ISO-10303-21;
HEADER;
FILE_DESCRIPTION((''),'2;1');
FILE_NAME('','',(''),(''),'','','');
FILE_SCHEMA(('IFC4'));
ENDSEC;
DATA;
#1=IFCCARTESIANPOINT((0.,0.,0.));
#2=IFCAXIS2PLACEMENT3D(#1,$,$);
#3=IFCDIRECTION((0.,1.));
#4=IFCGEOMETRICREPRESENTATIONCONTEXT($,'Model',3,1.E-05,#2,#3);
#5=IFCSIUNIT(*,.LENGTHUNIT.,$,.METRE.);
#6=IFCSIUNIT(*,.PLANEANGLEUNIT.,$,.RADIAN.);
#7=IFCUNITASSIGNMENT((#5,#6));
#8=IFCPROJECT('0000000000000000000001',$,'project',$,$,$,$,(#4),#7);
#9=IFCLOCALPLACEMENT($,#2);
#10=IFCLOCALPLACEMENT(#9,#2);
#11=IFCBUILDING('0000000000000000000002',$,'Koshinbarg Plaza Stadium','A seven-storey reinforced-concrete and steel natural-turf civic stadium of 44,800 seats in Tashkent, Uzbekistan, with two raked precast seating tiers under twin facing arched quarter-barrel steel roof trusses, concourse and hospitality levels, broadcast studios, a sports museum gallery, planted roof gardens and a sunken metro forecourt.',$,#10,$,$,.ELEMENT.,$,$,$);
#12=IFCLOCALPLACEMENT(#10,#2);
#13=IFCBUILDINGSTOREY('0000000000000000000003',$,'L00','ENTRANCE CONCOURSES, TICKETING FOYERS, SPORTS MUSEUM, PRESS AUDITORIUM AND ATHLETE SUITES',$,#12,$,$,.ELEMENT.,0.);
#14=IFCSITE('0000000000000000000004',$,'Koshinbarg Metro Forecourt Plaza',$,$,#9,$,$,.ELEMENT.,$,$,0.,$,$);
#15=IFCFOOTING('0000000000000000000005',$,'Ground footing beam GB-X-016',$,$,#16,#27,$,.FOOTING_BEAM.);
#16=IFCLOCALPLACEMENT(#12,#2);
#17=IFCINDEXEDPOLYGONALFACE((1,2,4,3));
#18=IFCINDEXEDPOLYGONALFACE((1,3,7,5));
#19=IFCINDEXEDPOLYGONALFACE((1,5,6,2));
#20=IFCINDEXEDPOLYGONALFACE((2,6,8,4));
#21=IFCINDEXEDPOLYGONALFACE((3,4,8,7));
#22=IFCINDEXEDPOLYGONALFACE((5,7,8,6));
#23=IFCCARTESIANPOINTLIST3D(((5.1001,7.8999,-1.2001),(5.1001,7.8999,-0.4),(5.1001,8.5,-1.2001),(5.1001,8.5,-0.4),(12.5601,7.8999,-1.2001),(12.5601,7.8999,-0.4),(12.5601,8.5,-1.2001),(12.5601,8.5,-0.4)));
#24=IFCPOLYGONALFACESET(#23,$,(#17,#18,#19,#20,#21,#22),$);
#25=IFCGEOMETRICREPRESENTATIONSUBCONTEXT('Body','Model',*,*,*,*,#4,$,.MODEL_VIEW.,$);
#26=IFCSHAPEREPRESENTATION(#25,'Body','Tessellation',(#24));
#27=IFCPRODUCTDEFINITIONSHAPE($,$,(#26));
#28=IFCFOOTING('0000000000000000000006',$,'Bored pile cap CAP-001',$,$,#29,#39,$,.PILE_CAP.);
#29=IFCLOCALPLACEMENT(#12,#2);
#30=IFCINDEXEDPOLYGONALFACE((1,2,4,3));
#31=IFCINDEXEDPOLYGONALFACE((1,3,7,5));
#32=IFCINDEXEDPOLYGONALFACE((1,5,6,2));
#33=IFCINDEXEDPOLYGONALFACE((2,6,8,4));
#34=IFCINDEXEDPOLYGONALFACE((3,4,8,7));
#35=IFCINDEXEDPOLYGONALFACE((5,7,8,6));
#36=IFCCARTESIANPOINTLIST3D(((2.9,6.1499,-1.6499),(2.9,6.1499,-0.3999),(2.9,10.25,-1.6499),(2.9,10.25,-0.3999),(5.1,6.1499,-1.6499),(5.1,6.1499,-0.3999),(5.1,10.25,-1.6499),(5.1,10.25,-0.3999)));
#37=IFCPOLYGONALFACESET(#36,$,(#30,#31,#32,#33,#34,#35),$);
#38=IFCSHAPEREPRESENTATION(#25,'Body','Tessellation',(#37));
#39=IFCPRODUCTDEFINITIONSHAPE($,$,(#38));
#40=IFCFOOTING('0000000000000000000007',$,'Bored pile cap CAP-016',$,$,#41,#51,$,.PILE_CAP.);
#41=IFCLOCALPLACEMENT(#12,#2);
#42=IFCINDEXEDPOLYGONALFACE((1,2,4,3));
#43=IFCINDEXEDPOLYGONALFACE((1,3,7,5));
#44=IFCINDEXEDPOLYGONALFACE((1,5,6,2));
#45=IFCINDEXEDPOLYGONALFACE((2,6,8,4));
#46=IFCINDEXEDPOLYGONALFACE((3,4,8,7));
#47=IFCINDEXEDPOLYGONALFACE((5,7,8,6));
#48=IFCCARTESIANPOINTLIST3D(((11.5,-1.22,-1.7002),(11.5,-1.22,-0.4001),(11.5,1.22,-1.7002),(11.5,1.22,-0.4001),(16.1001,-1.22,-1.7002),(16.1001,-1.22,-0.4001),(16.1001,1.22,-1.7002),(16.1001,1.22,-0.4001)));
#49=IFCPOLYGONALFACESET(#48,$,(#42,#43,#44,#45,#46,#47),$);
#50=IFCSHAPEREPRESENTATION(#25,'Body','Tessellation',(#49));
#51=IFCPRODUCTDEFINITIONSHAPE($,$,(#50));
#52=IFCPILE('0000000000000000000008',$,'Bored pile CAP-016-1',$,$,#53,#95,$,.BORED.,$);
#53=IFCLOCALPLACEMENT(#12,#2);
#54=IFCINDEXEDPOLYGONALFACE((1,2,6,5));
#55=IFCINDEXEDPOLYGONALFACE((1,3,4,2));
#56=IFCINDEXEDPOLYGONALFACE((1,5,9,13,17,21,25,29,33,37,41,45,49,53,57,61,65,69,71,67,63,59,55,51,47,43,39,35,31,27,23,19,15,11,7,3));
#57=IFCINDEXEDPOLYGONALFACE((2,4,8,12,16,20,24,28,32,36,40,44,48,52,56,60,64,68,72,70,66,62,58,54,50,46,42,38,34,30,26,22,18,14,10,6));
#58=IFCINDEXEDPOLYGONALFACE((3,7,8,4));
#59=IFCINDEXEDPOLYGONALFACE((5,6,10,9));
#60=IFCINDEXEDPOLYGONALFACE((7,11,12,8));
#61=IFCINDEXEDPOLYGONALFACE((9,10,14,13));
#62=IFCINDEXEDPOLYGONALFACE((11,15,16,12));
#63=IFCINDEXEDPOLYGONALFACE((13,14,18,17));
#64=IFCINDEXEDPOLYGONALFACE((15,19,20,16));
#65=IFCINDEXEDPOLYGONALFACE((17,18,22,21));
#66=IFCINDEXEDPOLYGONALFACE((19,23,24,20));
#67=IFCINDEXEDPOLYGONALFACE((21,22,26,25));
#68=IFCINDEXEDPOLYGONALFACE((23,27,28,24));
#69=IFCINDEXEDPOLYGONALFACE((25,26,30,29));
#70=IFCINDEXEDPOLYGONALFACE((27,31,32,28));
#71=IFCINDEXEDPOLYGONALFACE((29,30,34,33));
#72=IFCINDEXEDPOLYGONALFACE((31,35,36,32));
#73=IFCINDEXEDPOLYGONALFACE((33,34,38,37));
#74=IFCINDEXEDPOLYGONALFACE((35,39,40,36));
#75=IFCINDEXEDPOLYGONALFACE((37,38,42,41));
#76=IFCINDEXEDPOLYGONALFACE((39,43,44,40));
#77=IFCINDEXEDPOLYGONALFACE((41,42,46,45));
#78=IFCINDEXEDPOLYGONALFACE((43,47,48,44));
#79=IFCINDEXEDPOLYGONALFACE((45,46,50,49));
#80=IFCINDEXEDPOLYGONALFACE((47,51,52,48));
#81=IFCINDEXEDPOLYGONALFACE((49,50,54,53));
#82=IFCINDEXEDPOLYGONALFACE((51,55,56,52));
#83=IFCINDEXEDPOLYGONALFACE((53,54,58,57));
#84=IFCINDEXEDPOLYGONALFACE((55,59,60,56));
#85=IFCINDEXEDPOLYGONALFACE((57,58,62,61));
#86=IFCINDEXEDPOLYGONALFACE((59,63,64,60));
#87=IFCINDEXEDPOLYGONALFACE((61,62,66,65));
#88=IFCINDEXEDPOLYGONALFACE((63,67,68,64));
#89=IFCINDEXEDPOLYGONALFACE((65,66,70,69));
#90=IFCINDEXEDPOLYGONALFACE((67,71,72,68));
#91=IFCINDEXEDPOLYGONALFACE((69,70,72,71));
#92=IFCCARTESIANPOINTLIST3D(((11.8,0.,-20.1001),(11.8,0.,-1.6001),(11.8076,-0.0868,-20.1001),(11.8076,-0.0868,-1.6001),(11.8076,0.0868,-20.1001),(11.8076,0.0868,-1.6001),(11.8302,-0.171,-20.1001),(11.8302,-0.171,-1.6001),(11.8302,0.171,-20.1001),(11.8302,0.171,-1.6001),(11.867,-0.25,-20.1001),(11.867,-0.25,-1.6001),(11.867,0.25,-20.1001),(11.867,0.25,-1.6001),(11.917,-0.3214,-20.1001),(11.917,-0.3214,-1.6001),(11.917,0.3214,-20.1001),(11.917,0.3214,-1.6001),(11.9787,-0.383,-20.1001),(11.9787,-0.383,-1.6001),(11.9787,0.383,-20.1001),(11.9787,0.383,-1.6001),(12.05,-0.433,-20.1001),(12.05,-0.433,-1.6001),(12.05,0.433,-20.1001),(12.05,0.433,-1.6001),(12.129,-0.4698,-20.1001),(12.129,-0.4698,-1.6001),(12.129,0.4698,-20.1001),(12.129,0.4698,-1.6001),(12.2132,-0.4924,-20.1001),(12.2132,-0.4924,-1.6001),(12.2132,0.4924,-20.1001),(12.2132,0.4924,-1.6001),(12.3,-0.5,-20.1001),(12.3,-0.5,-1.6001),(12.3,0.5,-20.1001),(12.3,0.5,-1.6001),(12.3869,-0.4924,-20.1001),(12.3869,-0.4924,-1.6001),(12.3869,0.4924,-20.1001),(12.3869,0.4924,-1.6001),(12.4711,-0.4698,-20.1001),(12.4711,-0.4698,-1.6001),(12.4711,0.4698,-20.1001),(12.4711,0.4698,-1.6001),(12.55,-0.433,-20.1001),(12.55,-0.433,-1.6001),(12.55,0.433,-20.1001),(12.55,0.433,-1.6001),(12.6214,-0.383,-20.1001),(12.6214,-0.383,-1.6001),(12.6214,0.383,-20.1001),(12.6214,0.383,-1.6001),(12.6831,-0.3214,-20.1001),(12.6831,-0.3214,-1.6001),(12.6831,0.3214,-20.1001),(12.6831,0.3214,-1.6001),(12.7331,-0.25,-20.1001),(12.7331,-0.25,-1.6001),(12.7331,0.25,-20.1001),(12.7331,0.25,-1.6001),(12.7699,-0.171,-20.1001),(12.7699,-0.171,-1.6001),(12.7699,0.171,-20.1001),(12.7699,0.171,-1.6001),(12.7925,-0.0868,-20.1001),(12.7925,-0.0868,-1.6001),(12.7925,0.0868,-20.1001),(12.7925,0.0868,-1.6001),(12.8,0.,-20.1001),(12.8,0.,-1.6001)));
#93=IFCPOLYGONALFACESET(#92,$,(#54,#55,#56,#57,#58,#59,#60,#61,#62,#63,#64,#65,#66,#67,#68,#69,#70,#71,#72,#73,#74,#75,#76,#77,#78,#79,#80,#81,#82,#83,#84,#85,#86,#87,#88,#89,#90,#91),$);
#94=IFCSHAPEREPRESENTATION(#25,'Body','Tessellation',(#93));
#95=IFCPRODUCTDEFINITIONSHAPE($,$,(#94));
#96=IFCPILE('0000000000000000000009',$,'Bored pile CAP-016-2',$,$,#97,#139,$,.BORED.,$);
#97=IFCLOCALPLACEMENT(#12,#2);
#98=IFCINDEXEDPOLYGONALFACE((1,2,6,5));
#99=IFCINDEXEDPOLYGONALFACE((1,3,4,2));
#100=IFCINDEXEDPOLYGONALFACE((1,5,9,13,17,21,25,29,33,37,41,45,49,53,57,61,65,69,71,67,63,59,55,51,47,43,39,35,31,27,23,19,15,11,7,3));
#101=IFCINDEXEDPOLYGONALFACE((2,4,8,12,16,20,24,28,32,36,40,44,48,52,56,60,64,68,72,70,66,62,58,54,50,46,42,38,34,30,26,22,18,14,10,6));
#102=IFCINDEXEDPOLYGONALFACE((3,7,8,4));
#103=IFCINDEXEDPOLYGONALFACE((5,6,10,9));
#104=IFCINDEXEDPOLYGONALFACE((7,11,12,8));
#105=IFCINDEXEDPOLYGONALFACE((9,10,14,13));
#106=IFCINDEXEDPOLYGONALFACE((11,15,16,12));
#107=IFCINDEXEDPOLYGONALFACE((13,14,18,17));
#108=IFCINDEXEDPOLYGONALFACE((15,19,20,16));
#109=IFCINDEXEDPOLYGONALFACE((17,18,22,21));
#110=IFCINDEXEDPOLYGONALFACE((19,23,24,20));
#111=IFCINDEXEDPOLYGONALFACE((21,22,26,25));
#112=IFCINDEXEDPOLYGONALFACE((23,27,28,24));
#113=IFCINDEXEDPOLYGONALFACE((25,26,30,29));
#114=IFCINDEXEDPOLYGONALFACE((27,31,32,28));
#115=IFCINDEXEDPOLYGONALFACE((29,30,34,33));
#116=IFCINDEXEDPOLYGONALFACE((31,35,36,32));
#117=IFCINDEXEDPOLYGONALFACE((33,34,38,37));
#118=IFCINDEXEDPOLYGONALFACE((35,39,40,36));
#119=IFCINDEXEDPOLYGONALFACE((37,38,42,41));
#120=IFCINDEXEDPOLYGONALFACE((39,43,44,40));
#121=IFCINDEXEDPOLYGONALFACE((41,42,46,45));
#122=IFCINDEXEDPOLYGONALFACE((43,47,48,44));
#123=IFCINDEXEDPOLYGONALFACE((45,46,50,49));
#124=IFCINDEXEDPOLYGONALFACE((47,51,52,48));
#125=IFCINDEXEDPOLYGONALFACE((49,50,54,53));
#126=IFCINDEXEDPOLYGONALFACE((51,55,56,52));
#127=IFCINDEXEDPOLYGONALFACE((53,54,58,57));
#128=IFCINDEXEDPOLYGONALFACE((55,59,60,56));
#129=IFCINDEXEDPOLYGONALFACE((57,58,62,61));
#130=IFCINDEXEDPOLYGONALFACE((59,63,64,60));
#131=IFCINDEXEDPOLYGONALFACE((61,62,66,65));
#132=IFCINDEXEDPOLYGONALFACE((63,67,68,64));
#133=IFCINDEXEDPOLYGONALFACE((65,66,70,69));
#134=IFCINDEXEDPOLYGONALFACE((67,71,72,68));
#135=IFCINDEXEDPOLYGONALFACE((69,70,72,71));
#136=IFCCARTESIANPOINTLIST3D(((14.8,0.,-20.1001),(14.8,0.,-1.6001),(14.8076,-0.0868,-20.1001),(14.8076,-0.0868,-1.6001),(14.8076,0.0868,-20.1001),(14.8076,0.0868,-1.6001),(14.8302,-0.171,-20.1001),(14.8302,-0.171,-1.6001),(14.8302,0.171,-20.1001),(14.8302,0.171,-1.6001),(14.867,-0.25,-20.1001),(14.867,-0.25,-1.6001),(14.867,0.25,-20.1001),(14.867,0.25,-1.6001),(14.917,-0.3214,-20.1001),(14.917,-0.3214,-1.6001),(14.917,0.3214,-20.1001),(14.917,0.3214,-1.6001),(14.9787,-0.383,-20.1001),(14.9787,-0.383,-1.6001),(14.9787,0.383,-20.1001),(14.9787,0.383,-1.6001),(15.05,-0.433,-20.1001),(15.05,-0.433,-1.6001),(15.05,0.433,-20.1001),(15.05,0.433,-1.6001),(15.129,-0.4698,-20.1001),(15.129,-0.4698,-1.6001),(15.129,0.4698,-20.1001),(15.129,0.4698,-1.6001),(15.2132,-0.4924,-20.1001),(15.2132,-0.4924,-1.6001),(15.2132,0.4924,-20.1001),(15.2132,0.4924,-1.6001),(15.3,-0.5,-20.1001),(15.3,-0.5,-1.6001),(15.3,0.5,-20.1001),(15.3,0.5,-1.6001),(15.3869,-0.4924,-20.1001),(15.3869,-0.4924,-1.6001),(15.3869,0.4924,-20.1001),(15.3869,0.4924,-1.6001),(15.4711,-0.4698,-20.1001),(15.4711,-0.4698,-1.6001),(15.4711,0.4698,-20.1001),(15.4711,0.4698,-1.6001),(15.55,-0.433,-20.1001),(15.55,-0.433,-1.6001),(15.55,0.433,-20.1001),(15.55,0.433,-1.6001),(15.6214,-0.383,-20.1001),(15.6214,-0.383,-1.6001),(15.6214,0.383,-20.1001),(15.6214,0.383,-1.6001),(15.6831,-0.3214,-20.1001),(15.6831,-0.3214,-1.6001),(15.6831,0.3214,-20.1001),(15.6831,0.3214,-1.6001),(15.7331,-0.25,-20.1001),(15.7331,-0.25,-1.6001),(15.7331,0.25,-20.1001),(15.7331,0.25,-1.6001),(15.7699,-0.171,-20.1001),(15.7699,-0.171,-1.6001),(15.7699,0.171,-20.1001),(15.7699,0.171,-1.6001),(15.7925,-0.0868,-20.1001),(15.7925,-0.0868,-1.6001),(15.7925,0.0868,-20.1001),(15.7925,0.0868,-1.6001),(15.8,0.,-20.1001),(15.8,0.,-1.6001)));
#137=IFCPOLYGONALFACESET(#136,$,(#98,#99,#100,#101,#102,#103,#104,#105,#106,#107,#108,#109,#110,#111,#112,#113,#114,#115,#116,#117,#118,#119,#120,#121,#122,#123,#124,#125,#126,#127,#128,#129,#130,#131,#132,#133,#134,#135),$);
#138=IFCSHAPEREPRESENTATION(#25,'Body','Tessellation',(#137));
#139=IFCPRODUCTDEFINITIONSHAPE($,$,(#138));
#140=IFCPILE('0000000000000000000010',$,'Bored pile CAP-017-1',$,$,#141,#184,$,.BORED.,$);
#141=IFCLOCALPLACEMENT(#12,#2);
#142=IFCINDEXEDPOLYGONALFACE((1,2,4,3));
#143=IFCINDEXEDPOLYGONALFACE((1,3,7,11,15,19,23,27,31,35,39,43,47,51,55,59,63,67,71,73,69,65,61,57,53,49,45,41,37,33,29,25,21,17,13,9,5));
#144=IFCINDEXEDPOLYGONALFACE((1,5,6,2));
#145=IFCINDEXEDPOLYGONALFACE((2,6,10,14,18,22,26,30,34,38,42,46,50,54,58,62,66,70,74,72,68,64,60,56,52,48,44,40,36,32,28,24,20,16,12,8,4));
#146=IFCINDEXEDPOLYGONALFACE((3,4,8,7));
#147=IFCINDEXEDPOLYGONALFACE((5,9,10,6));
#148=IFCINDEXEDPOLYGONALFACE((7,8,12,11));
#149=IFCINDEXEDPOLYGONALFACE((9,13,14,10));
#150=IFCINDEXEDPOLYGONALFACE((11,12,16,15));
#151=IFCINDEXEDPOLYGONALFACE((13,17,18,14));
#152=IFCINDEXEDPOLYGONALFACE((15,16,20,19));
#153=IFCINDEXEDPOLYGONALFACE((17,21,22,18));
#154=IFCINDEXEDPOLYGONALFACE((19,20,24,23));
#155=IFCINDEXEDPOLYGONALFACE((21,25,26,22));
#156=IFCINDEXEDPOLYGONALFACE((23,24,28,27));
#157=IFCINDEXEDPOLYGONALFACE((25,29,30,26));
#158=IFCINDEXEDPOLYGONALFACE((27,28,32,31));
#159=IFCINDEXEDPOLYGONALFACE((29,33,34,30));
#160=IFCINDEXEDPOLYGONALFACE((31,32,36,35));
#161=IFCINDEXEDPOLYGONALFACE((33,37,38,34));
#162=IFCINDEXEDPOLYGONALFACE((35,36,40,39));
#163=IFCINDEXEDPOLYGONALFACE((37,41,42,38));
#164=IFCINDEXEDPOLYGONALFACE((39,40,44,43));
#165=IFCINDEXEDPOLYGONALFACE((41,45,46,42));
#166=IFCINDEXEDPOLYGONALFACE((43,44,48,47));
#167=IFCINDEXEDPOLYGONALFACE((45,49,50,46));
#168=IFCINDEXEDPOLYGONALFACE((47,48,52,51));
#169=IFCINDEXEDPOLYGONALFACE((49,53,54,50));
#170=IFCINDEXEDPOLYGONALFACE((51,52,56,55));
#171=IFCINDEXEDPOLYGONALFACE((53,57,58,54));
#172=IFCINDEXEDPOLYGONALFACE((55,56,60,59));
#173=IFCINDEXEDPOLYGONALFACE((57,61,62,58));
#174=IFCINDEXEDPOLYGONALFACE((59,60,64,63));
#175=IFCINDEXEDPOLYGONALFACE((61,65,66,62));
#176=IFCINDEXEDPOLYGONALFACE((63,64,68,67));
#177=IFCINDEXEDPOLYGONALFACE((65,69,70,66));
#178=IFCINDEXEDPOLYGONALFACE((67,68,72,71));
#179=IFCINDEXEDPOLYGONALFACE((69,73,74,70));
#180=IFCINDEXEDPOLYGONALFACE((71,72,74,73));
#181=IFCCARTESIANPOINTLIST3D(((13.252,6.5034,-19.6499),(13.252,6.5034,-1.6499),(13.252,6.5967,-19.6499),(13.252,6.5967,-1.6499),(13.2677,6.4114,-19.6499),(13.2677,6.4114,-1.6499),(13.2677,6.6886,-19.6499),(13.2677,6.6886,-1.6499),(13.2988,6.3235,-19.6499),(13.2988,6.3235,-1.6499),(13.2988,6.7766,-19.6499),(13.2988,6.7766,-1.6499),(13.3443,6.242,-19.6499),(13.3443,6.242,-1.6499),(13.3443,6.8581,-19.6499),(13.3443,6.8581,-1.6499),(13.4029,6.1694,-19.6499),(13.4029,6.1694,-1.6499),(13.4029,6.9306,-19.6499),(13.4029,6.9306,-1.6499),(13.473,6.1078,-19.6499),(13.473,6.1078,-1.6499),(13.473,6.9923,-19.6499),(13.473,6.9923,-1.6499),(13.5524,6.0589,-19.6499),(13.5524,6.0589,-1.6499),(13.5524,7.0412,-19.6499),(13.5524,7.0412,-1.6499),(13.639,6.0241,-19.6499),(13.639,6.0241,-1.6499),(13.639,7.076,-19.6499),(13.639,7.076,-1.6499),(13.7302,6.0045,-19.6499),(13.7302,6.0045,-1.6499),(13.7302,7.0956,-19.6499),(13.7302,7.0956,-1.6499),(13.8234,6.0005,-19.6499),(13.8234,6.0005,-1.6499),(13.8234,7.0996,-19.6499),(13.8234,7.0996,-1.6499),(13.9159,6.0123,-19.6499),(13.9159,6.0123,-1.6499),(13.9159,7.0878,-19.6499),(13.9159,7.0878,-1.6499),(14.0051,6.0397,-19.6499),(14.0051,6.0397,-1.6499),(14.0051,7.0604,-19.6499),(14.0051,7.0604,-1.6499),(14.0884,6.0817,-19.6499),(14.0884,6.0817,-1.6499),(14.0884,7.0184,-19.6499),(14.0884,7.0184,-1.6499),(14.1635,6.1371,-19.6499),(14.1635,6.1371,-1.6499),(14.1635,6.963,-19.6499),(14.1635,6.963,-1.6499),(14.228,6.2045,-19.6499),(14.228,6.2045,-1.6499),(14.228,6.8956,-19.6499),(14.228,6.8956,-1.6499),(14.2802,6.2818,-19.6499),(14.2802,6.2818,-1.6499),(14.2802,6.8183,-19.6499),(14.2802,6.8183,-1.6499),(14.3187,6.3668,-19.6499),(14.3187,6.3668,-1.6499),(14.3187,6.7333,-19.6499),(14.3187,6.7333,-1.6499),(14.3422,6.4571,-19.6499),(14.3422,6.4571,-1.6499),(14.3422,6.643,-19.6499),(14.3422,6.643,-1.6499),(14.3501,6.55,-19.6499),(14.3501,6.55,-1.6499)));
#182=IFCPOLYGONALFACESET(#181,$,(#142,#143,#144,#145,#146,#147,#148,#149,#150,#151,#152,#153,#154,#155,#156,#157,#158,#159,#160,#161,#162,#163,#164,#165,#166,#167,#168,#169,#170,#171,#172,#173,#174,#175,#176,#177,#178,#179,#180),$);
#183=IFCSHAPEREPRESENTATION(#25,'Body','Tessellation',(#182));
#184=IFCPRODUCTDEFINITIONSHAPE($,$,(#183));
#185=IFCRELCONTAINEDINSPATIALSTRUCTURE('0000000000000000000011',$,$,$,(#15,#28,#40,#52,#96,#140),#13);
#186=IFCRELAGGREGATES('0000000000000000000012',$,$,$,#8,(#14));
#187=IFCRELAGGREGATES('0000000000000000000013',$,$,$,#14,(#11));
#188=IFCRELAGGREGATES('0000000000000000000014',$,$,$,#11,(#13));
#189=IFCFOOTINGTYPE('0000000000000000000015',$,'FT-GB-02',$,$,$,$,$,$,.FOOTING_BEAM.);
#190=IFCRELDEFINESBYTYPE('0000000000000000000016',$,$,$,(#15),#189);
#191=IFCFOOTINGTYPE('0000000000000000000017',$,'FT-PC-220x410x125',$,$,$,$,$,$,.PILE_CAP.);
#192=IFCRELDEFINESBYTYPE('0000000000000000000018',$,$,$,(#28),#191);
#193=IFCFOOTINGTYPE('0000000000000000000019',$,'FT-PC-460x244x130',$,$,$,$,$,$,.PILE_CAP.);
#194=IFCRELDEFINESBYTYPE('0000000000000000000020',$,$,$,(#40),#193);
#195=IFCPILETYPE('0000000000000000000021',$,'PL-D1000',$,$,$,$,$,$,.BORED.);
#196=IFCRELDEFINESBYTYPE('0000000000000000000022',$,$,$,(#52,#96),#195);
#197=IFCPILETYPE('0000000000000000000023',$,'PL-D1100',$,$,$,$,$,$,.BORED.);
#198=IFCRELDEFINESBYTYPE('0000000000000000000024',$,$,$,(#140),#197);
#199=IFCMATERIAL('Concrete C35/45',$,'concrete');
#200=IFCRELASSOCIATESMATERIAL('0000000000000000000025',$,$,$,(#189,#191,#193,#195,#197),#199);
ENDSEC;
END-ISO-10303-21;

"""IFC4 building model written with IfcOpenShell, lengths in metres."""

from ifc_helpers import new_model, si_unit, direction, frame, origin, origin_2d, place, context, subcontext, project, spatial, rectangle, circle, extrude, material, material_profile, profile_set, type_object, element, save


model = new_model("IFC4")

# Units and contexts
model_context = context("Model", 3, precision=1e-05, world=origin(), true_north=direction((0.0, 1.0)))
body_context = subcontext(model_context, "Body", "Model", "MODEL_VIEW")
ifc_project = project(units=[si_unit("LENGTHUNIT", "METRE"), si_unit("PLANEANGLEUNIT", "RADIAN")], contexts=[model_context])

# Site, building, storey
site_placement = place(None, origin())
site = spatial("IfcSite", under=ifc_project, at=site_placement, Name="Koshinbarg Metro Forecourt Plaza", CompositionType="ELEMENT", RefElevation=0.0)
building_placement = place(site_placement, origin())
building = spatial("IfcBuilding", under=site, at=building_placement, Name="Koshinbarg Plaza Stadium", Description="A seven-storey reinforced-concrete and steel natural-turf civic stadium of 44,800 seats in Tashkent, Uzbekistan, with two raked precast seating tiers under twin facing arched quarter-barrel steel roof trusses, concourse and hospitality levels, broadcast studios, a sports museum gallery, planted roof gardens and a sunken metro forecourt.", CompositionType="ELEMENT")
storey_placement = place(building_placement, origin())
storey = spatial("IfcBuildingStorey", under=building, at=storey_placement, Name="L00", Description="ENTRANCE CONCOURSES, TICKETING FOYERS, SPORTS MUSEUM, PRESS AUDITORIUM AND ATHLETE SUITES", CompositionType="ELEMENT", Elevation=0.0)

# Footings
ifc_material_1 = material(Name="Concrete C35/45", Category="concrete")
ifc_material_profile_1 = material_profile(ifc_material_1, rectangle(XDim=0.6001, YDim=0.8, at=origin_2d()), Name="GB 600x800")
ifc_profile_set_1 = profile_set([ifc_material_profile_1], Name="Concrete C35/45")
footing_type_1 = type_object("IfcFootingType", Name="FT-GB-02", PredefinedType="FOOTING_BEAM", material=ifc_profile_set_1)
footing_1_placement = place(storey_placement, frame((5.1001, 8.2, -0.8), z_axis=(1.0, 0.0, 0.0), x_axis=(0.0, 1.0, 0.0)))
element("IfcFooting", 1, at=footing_1_placement, inside=storey, type_object=footing_type_1, Name="Ground footing beam GB-X-016", PredefinedType="FOOTING_BEAM", context=body_context, shape_type="SweptSolid", body=[
    extrude(rectangle(XDim=0.6001, YDim=0.8, at=origin_2d()), origin(), (0.0, 0.0, 1.0), 7.46),
])
footing_type_2 = type_object("IfcFootingType", Name="FT-PC-220x410x125", PredefinedType="PILE_CAP", material=ifc_material_1)
footing_2_placement = place(storey_placement, frame((4.0, 8.2, -1.6499), z_axis=(0.0, 0.0, 1.0), x_axis=(1.0, 0.0, 0.0)))
element("IfcFooting", 2, at=footing_2_placement, inside=storey, type_object=footing_type_2, Name="Bored pile cap CAP-001", PredefinedType="PILE_CAP", context=body_context, shape_type="SweptSolid", body=[
    extrude(rectangle(XDim=2.2, YDim=4.1001, at=origin_2d()), origin(), (0.0, 0.0, 1.0), 1.25),
])
footing_type_3 = type_object("IfcFootingType", Name="FT-PC-460x244x130", PredefinedType="PILE_CAP", material=ifc_material_1)
footing_3_placement = place(storey_placement, frame((13.8, 0.0, -1.7002), z_axis=(0.0, 0.0, 1.0), x_axis=(1.0, 0.0, 0.0)))
element("IfcFooting", 3, at=footing_3_placement, inside=storey, type_object=footing_type_3, Name="Bored pile cap CAP-016", PredefinedType="PILE_CAP", context=body_context, shape_type="SweptSolid", body=[
    extrude(rectangle(XDim=4.6001, YDim=2.4399, at=origin_2d()), origin(), (0.0, 0.0, 1.0), 1.3),
])

# Piles
ifc_material_profile_2 = material_profile(ifc_material_1, circle(Radius=0.5, at=origin_2d()), Name="PILE D1000")
ifc_profile_set_2 = profile_set([ifc_material_profile_2], Name="Concrete C35/45")
pile_type_1 = type_object("IfcPileType", Name="PL-D1000", PredefinedType="BORED", material=ifc_profile_set_2)
for number, where, z_axis, x_axis, name in (
    (4, (12.3, 0.0, -1.6001), (0.0, 0.0, -1.0), (1.0, 0.0, 0.0), "Bored pile CAP-016-1"),
    (5, (15.3, 0.0, -1.6001), (0.0, 0.0, -1.0), (1.0, 0.0, 0.0), "Bored pile CAP-016-2"),
):
    element("IfcPile", number, at=place(storey_placement, frame(where, z_axis=z_axis, x_axis=x_axis)), inside=storey, type_object=pile_type_1, Name=name, PredefinedType="BORED", context=body_context, shape_type="SweptSolid", body=[
        extrude(circle(Radius=0.5, at=origin_2d()), origin(), (0.0, 0.0, 1.0), 18.5),
    ])
ifc_material_profile_3 = material_profile(ifc_material_1, circle(Radius=0.55, at=origin_2d()), Name="PILE D1100")
ifc_profile_set_3 = profile_set([ifc_material_profile_3], Name="Concrete C35/45")
pile_type_2 = type_object("IfcPileType", Name="PL-D1100", PredefinedType="BORED", material=ifc_profile_set_3)
pile_1_placement = place(storey_placement, frame((13.8, 6.55, -1.6499), z_axis=(0.0, 0.0, -1.0), x_axis=(1.0, 0.0, 0.0)))
element("IfcPile", 6, at=pile_1_placement, inside=storey, type_object=pile_type_2, Name="Bored pile CAP-017-1", PredefinedType="BORED", context=body_context, shape_type="SweptSolid", body=[
    extrude(circle(Radius=0.55, at=origin_2d()), origin(), (0.0, 0.0, 1.0), 18.0),
])

save(model, "model.ifc")
